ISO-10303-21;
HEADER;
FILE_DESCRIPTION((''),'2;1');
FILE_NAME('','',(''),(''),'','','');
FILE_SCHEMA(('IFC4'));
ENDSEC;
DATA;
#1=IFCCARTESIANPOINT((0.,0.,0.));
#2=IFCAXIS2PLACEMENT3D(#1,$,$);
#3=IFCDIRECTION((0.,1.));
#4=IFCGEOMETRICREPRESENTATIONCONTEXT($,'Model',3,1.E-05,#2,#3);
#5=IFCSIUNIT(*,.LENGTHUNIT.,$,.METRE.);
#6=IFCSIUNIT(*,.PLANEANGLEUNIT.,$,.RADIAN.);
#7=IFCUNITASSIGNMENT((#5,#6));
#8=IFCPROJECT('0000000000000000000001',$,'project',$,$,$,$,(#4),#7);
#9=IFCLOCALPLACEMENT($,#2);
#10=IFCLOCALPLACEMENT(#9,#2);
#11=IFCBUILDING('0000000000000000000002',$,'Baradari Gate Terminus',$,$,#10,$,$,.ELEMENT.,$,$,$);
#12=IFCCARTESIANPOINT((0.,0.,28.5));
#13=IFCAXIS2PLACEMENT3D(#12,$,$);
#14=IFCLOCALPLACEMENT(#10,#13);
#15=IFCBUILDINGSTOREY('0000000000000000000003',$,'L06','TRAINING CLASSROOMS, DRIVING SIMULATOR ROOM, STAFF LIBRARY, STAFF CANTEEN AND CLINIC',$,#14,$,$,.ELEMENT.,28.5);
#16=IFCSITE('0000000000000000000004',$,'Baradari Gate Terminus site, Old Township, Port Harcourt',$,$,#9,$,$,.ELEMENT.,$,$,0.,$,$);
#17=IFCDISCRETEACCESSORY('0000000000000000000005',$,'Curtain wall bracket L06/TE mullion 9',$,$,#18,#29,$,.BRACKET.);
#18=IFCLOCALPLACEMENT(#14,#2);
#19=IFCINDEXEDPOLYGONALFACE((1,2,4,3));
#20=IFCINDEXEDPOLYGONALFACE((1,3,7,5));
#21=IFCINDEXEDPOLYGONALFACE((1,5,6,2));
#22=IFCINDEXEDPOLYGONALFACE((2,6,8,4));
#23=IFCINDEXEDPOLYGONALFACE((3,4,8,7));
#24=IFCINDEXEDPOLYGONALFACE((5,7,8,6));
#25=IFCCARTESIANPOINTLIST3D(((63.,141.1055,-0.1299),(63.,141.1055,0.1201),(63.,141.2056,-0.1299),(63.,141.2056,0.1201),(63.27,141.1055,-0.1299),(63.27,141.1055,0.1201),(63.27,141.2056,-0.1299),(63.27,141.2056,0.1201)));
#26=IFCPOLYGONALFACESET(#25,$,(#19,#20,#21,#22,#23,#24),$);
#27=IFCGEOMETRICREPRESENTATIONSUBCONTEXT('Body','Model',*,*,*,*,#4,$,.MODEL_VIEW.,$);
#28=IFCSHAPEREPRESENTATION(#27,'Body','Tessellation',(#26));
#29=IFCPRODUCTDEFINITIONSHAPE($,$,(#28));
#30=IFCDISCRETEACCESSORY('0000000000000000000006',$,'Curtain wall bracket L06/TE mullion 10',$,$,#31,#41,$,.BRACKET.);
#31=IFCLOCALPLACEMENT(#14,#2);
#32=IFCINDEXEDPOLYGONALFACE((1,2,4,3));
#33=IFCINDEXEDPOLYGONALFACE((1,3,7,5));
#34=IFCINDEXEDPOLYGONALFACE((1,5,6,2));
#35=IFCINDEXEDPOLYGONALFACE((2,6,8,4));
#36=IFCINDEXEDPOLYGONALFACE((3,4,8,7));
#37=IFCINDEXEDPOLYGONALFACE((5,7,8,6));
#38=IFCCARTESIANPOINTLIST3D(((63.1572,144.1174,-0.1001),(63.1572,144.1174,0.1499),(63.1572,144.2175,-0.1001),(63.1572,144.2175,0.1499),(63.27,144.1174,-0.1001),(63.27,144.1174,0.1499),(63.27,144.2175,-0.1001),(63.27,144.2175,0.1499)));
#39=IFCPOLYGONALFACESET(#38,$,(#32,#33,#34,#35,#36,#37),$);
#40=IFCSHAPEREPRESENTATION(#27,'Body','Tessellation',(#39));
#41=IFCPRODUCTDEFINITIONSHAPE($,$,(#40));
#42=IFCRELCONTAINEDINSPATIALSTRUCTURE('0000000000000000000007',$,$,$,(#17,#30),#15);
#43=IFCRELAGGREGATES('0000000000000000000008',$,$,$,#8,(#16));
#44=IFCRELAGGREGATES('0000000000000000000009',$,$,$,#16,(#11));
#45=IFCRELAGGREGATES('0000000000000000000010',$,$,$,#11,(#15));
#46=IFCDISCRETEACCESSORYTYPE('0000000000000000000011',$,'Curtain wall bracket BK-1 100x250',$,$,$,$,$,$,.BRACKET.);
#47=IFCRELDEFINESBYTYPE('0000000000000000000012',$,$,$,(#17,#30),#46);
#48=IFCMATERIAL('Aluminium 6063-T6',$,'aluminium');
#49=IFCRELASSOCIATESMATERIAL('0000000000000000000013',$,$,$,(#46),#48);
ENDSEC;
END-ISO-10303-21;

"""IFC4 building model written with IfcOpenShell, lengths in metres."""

from ifc_helpers import new_model, si_unit, direction, frame, origin, origin_2d, place, context, subcontext, project, spatial, rectangle, extrude, material, type_object, element, save


model = new_model("IFC4")

# Units and contexts
model_context = context("Model", 3, precision=1e-05, world=origin(), true_north=direction((0.0, 1.0)))
body_context = subcontext(model_context, "Body", "Model", "MODEL_VIEW")
ifc_project = project(units=[si_unit("LENGTHUNIT", "METRE"), si_unit("PLANEANGLEUNIT", "RADIAN")], contexts=[model_context])

# Site, building, storey
site_placement = place(None, origin())
site = spatial("IfcSite", under=ifc_project, at=site_placement, Name="Baradari Gate Terminus site, Old Township, Port Harcourt", CompositionType="ELEMENT", RefElevation=0.0)
building_placement = place(site_placement, origin())
building = spatial("IfcBuilding", under=site, at=building_placement, Name="Baradari Gate Terminus", CompositionType="ELEMENT")
storey_placement = place(building_placement, frame((0.0, 0.0, 28.5)))
storey = spatial("IfcBuildingStorey", under=building, at=storey_placement, Name="L06", Description="TRAINING CLASSROOMS, DRIVING SIMULATOR ROOM, STAFF LIBRARY, STAFF CANTEEN AND CLINIC", CompositionType="ELEMENT", Elevation=28.5)

# Discrete accessories
ifc_material_1 = material(Name="Aluminium 6063-T6", Category="aluminium")
discrete_accessory_type = type_object("IfcDiscreteAccessoryType", Name="Curtain wall bracket BK-1 100x250", PredefinedType="BRACKET", material=ifc_material_1)
discrete_accessory_1_placement = place(storey_placement, frame((63.135, 141.1555, -0.1299), z_axis=(0.0, 0.0, 1.0), x_axis=(1.0, 0.0, 0.0)))
element("IfcDiscreteAccessory", 1, at=discrete_accessory_1_placement, inside=storey, type_object=discrete_accessory_type, Name="Curtain wall bracket L06/TE mullion 9", PredefinedType="BRACKET", context=body_context, shape_type="SweptSolid", body=[
    extrude(rectangle(XDim=0.27, YDim=0.1001, at=origin_2d()), origin(), (0.0, 0.0, 1.0), 0.25),
])
discrete_accessory_2_placement = place(storey_placement, frame((63.2136, 144.1675, -0.1001), z_axis=(0.0, 0.0, 1.0), x_axis=(1.0, 0.0, 0.0)))
element("IfcDiscreteAccessory", 2, at=discrete_accessory_2_placement, inside=storey, type_object=discrete_accessory_type, Name="Curtain wall bracket L06/TE mullion 10", PredefinedType="BRACKET", context=body_context, shape_type="SweptSolid", body=[
    extrude(rectangle(XDim=0.1128, YDim=0.1001, at=origin_2d()), origin(), (0.0, 0.0, 1.0), 0.25),
])

save(model, "model.ifc")
